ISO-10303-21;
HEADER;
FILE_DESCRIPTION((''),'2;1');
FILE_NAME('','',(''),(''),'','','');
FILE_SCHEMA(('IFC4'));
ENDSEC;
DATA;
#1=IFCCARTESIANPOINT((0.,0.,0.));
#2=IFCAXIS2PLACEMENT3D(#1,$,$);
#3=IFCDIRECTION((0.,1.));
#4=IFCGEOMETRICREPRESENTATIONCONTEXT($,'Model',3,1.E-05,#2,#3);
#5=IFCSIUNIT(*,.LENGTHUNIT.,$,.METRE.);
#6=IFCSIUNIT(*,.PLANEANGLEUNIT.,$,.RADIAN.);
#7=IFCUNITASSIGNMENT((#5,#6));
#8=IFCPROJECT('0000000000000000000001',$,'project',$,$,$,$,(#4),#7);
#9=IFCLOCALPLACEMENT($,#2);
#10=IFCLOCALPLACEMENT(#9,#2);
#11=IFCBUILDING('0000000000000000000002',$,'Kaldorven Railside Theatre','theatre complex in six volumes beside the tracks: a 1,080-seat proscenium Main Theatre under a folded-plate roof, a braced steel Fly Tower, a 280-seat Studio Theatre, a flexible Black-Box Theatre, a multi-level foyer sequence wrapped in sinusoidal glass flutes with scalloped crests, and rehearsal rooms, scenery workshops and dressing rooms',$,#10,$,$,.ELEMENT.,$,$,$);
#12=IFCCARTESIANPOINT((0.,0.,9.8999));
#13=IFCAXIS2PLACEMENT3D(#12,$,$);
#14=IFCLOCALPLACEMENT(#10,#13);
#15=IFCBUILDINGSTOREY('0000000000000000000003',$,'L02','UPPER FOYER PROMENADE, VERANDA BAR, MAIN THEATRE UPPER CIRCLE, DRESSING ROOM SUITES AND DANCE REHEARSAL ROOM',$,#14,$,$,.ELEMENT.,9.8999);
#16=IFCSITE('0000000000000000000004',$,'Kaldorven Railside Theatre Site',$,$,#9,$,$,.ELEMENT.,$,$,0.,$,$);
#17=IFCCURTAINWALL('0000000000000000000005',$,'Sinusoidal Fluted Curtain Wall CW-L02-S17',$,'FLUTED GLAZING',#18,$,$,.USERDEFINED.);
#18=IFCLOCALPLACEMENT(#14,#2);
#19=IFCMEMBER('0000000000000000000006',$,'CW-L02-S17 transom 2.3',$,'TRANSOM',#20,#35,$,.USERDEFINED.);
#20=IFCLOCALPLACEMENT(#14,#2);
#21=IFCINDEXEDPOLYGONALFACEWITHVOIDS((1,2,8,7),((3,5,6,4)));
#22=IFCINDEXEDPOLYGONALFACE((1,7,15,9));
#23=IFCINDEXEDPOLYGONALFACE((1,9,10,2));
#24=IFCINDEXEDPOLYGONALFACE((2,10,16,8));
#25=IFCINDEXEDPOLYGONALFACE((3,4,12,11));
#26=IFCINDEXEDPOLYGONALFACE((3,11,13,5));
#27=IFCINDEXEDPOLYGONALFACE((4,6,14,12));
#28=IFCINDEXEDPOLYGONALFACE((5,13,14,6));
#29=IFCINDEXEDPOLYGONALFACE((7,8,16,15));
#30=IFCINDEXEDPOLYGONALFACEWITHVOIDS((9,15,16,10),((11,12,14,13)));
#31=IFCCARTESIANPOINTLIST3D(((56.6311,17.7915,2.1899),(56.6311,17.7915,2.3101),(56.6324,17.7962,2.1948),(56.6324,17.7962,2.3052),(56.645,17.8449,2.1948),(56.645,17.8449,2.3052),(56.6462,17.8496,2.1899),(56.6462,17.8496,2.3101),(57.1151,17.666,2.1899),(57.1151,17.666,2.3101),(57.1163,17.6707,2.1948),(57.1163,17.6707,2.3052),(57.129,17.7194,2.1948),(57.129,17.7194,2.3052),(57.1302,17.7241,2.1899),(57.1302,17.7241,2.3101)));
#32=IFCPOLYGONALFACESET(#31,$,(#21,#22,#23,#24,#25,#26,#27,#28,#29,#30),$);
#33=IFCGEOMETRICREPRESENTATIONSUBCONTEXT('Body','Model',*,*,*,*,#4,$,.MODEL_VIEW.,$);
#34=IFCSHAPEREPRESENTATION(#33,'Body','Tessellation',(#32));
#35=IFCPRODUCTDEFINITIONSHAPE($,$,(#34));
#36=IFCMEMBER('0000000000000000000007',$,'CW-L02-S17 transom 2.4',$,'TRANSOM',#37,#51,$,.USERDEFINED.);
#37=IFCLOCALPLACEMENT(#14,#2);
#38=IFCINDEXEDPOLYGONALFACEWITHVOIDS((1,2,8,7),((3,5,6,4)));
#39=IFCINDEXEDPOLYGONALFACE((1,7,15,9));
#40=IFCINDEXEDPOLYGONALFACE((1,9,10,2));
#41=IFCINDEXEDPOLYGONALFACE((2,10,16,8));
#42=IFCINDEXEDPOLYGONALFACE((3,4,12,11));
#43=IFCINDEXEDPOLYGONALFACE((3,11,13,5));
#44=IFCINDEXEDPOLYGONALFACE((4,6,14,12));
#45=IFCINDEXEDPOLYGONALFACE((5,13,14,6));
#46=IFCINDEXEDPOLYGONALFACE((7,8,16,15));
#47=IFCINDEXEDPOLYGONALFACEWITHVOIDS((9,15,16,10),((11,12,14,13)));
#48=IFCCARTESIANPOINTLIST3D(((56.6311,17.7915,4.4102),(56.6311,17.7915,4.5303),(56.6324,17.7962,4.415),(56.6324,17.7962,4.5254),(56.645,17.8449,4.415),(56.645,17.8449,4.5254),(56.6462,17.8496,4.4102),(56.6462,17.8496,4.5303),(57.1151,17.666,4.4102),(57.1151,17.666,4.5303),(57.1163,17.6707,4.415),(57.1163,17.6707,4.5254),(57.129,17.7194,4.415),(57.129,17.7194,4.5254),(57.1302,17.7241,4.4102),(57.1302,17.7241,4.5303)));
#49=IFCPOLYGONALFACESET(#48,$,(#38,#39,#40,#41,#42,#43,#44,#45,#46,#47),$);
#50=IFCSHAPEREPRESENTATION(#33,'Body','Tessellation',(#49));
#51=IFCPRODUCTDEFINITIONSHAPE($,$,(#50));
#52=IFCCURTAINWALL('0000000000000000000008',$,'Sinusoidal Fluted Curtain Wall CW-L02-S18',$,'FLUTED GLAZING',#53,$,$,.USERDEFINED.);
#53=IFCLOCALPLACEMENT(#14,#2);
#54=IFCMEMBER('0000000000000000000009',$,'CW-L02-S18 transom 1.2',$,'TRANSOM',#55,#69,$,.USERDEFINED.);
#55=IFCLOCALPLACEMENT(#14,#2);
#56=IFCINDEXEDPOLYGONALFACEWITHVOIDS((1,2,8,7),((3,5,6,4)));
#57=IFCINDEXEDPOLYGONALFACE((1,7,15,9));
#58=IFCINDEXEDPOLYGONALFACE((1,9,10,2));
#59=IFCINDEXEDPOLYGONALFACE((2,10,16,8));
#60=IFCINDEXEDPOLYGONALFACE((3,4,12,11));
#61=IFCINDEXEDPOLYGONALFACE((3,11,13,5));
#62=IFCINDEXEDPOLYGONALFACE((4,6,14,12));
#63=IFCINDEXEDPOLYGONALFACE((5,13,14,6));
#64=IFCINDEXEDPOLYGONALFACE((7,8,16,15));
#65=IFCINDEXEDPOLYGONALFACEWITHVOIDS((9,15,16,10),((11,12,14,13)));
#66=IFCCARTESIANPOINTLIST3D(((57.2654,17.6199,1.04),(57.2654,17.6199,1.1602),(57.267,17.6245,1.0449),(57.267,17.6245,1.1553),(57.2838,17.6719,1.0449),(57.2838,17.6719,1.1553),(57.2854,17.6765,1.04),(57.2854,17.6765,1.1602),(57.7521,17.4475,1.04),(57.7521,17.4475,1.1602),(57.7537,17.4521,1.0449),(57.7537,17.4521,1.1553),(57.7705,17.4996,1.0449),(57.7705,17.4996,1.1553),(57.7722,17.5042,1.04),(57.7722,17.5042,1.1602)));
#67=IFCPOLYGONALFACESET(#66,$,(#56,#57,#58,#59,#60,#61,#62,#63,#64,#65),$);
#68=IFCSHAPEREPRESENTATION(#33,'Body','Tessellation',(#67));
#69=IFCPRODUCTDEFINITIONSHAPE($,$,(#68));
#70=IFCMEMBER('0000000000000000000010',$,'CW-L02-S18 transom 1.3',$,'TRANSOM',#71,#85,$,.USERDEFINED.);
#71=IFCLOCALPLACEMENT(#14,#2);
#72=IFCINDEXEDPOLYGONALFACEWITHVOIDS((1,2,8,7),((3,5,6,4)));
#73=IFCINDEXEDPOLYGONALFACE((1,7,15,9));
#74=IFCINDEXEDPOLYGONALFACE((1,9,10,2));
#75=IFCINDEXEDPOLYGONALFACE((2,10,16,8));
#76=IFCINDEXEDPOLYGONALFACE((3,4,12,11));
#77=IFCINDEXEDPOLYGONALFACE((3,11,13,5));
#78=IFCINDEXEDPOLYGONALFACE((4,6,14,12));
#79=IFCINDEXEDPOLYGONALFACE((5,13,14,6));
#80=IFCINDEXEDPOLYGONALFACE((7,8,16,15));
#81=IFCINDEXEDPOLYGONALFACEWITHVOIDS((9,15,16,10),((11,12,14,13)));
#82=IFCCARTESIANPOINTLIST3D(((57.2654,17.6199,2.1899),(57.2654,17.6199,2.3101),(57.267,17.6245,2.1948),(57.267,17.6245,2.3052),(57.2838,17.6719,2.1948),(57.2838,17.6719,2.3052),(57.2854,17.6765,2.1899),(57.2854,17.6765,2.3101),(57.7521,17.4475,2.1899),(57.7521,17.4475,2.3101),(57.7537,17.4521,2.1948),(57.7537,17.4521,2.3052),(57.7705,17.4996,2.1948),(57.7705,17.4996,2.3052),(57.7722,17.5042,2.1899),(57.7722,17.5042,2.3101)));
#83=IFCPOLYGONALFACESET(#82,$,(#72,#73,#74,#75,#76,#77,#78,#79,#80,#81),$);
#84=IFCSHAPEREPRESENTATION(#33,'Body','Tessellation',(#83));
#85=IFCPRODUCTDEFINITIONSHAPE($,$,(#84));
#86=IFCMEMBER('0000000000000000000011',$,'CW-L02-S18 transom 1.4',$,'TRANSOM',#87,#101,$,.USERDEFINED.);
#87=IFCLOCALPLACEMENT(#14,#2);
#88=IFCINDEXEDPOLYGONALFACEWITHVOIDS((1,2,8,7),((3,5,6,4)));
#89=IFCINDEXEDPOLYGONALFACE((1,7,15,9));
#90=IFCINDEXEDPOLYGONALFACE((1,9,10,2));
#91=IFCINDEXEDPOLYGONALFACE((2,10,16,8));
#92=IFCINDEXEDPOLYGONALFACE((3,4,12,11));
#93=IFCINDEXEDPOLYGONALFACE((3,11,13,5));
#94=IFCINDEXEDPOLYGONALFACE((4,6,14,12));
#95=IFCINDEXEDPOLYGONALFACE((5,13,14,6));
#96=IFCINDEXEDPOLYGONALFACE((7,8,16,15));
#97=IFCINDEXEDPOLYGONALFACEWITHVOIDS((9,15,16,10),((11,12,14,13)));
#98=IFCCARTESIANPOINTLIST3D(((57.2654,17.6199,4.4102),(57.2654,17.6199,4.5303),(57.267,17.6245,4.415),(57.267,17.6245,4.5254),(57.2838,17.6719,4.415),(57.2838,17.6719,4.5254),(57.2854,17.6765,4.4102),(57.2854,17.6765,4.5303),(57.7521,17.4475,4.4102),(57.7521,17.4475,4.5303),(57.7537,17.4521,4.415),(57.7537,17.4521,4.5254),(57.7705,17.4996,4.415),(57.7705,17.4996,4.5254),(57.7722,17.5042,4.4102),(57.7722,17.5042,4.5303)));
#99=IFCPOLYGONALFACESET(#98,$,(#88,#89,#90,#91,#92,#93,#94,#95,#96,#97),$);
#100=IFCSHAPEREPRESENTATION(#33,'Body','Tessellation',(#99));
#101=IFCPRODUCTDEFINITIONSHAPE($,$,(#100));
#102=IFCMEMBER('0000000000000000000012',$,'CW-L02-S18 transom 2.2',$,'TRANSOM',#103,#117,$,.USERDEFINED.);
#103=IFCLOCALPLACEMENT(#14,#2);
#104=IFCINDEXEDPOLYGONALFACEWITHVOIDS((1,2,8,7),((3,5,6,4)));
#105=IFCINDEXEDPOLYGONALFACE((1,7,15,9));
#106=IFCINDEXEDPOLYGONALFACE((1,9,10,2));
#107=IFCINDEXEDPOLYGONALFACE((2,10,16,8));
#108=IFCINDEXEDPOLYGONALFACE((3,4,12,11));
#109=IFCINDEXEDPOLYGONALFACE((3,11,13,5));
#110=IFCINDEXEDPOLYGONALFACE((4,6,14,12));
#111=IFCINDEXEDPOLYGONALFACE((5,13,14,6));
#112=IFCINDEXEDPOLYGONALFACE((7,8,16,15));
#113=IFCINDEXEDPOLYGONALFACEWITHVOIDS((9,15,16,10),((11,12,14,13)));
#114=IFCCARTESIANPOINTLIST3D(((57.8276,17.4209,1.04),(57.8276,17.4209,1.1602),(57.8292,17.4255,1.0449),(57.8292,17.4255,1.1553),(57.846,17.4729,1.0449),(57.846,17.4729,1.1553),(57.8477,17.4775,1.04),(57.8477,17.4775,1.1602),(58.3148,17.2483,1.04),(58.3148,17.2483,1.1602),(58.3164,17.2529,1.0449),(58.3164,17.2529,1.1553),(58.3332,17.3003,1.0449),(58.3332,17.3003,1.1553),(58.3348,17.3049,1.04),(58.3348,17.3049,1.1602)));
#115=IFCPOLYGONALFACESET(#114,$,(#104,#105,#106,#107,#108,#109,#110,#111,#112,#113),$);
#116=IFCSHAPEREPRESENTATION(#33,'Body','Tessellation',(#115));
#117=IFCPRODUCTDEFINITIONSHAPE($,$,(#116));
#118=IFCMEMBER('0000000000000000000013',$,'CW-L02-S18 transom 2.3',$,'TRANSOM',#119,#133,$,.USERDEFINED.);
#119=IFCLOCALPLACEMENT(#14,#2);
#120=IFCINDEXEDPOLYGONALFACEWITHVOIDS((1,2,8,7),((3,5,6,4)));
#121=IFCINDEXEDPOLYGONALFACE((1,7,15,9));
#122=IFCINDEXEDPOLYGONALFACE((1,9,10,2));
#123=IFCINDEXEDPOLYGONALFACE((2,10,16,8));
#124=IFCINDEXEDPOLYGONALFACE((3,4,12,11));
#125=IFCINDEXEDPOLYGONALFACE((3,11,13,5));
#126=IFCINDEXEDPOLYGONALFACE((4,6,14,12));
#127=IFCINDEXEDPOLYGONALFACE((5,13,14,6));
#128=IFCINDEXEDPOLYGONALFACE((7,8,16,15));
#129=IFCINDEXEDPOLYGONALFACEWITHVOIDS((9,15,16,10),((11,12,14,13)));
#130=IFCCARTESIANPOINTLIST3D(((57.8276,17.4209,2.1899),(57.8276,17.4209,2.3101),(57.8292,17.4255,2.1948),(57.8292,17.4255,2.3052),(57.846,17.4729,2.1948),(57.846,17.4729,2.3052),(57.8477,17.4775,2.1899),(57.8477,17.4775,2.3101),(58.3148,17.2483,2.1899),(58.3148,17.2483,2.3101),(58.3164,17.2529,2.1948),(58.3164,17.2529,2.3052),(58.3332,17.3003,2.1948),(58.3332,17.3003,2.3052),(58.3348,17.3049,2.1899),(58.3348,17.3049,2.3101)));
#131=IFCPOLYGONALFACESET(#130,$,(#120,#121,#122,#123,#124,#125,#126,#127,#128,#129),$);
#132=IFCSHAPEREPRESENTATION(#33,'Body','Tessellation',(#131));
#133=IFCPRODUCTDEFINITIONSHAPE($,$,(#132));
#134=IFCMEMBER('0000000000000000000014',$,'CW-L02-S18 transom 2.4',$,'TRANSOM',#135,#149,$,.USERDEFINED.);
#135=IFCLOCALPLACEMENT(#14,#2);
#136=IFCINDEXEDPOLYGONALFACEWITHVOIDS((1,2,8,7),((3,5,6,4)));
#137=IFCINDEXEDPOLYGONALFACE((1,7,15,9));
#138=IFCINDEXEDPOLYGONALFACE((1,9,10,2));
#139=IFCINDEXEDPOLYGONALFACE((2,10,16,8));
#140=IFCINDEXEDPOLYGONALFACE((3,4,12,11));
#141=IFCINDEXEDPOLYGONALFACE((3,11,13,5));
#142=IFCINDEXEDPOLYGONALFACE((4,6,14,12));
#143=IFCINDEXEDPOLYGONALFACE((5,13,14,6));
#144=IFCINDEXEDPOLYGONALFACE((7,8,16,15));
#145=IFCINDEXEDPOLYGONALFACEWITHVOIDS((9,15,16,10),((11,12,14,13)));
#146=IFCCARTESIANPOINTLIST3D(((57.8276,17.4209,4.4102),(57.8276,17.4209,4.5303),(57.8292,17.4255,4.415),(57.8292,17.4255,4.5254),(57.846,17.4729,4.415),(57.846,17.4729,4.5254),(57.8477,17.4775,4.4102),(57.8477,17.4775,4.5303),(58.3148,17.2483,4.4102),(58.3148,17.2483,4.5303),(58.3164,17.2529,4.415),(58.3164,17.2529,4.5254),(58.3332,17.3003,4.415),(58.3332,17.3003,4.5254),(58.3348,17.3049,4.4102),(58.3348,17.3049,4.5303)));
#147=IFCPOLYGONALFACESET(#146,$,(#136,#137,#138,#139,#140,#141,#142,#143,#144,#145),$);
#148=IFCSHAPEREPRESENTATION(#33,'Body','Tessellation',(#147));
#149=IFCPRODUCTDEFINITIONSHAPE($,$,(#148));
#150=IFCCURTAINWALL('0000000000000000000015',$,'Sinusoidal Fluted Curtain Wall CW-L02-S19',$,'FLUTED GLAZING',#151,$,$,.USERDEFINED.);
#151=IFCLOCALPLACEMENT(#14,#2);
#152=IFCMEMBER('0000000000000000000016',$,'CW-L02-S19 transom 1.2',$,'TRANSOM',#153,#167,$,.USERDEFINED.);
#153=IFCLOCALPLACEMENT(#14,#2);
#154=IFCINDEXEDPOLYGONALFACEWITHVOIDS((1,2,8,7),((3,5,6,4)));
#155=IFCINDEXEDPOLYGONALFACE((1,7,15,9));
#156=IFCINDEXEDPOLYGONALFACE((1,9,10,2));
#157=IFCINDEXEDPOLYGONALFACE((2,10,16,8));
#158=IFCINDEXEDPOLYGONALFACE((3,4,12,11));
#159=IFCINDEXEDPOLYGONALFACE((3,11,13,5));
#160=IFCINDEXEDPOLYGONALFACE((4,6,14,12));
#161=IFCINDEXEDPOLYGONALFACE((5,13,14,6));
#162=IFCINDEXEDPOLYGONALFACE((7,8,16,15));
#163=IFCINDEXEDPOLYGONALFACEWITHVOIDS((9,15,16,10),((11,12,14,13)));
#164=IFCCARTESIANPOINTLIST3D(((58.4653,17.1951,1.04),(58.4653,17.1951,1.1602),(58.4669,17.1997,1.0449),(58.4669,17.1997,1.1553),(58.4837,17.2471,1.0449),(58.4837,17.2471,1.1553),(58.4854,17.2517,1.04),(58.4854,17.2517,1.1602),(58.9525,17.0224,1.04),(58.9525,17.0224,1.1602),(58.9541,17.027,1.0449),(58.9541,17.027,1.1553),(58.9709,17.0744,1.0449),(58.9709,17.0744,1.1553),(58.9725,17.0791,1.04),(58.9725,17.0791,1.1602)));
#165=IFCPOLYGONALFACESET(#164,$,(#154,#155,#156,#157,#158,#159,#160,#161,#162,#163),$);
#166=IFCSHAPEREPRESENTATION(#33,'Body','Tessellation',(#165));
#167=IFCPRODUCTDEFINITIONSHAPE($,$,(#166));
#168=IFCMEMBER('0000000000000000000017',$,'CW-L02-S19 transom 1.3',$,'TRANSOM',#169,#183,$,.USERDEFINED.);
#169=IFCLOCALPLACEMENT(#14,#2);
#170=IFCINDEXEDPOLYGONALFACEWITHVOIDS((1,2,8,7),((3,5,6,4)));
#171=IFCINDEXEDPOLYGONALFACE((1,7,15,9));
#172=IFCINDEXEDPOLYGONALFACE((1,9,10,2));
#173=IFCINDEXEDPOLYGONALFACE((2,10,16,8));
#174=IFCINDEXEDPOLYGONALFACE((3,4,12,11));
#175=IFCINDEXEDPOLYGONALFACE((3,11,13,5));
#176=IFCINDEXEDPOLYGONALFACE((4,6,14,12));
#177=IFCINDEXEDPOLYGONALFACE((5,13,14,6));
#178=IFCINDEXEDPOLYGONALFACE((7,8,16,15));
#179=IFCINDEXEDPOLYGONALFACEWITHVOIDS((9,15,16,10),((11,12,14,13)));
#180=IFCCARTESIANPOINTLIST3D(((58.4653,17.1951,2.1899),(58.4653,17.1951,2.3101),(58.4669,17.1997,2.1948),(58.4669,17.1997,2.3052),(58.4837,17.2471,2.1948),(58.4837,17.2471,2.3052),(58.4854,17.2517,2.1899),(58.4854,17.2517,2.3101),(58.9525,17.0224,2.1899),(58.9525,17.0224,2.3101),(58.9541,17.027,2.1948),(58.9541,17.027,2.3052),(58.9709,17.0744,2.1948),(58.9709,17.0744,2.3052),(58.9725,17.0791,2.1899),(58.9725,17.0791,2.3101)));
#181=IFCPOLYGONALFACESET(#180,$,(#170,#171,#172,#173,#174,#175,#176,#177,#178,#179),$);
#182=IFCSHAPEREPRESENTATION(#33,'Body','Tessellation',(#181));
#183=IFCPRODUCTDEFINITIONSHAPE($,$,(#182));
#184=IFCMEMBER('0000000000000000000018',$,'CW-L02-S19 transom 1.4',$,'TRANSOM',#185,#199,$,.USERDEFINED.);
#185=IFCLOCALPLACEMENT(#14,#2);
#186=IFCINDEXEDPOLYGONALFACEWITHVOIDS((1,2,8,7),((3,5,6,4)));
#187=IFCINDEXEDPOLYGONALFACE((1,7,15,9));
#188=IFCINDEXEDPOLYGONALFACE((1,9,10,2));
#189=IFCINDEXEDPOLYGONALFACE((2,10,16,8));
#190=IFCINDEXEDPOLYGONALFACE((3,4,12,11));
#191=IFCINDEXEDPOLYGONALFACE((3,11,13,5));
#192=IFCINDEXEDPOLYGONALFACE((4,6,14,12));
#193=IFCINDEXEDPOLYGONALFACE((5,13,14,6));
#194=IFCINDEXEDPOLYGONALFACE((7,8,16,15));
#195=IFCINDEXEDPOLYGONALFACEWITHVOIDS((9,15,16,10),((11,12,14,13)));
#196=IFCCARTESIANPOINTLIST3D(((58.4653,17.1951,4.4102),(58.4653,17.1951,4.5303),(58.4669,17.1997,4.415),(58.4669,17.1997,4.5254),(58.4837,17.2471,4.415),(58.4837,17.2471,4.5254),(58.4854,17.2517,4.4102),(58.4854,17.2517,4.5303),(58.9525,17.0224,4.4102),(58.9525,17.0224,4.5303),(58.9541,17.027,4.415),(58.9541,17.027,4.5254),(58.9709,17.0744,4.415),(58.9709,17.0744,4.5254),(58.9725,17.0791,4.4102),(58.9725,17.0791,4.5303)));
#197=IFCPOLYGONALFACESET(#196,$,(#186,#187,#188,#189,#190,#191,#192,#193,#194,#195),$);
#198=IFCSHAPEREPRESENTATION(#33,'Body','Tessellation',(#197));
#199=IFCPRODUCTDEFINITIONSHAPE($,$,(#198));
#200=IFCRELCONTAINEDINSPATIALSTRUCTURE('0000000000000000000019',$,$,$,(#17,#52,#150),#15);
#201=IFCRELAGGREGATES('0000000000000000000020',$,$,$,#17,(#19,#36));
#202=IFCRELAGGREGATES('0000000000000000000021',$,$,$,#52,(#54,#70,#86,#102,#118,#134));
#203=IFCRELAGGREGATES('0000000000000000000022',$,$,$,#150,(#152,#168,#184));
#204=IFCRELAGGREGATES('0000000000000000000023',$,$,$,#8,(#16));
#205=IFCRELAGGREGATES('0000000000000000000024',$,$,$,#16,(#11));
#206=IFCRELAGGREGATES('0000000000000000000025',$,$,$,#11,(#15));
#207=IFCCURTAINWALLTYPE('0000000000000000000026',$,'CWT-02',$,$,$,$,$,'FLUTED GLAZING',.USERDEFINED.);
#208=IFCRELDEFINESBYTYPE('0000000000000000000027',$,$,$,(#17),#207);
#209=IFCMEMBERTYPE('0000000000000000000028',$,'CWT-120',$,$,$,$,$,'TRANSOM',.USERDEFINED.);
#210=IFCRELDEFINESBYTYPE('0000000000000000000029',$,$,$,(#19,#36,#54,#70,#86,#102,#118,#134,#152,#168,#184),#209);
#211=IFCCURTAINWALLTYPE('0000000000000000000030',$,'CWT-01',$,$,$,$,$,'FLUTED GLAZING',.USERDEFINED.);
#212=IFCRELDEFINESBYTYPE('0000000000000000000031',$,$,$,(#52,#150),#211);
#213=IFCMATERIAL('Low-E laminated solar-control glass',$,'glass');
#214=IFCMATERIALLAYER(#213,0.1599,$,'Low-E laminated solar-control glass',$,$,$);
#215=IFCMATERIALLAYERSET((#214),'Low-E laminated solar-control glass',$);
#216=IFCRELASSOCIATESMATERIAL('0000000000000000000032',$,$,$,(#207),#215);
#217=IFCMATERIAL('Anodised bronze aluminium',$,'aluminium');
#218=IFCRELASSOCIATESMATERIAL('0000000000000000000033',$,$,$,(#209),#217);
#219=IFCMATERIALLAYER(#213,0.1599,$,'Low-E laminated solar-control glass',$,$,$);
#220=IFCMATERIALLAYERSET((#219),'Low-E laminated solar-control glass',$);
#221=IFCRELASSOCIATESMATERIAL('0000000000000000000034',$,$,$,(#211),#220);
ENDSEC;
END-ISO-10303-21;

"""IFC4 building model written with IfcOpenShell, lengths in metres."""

from ifc_helpers import new_model, si_unit, direction, frame, origin, origin_2d, place, context, subcontext, project, spatial, hollow_rectangle, extrude, material, layer, layer_set, material_profile, profile_set, type_object, element, aggregate, save


model = new_model("IFC4")

# Units and contexts
model_context = context("Model", 3, precision=1e-05, world=origin(), true_north=direction((0.0, 1.0)))
body_context = subcontext(model_context, "Body", "Model", "MODEL_VIEW")
ifc_project = project(units=[si_unit("LENGTHUNIT", "METRE"), si_unit("PLANEANGLEUNIT", "RADIAN")], contexts=[model_context])

# Site, building, storey
site_placement = place(None, origin())
site = spatial("IfcSite", under=ifc_project, at=site_placement, Name="Kaldorven Railside Theatre Site", CompositionType="ELEMENT", RefElevation=0.0)
building_placement = place(site_placement, origin())
building = spatial("IfcBuilding", under=site, at=building_placement, Name="Kaldorven Railside Theatre", Description="theatre complex in six volumes beside the tracks: a 1,080-seat proscenium Main Theatre under a folded-plate roof, a braced steel Fly Tower, a 280-seat Studio Theatre, a flexible Black-Box Theatre, a multi-level foyer sequence wrapped in sinusoidal glass flutes with scalloped crests, and rehearsal rooms, scenery workshops and dressing rooms", CompositionType="ELEMENT")
storey_placement = place(building_placement, frame((0.0, 0.0, 9.8999)))
storey = spatial("IfcBuildingStorey", under=building, at=storey_placement, Name="L02", Description="UPPER FOYER PROMENADE, VERANDA BAR, MAIN THEATRE UPPER CIRCLE, DRESSING ROOM SUITES AND DANCE REHEARSAL ROOM", CompositionType="ELEMENT", Elevation=9.8999)

# Curtain walls, members
ifc_material_1 = material(Name="Low-E laminated solar-control glass", Category="glass")
ifc_layer_1 = layer(ifc_material_1, 0.1599, Name="Low-E laminated solar-control glass")
ifc_layer_set_1 = layer_set([ifc_layer_1], Name="Low-E laminated solar-control glass")
curtain_wall_type_1 = type_object("IfcCurtainWallType", Name="CWT-02", ElementType="FLUTED GLAZING", PredefinedType="USERDEFINED", material=ifc_layer_set_1)
curtain_wall_1_placement = place(storey_placement, origin())
curtain_wall_1 = element("IfcCurtainWall", 1, at=curtain_wall_1_placement, inside=storey, type_object=curtain_wall_type_1, Name="Sinusoidal Fluted Curtain Wall CW-L02-S17", ObjectType="FLUTED GLAZING", PredefinedType="USERDEFINED")
ifc_material_2 = material(Name="Anodised bronze aluminium", Category="aluminium")
ifc_material_profile = material_profile(ifc_material_2, hollow_rectangle(XDim=0.0601, YDim=0.1201, WallThickness=0.0049, at=origin_2d()), Name="RHS 120x60x5")
ifc_profile_set = profile_set([ifc_material_profile], Name="Anodised bronze aluminium")
member_type = type_object("IfcMemberType", Name="CWT-120", ElementType="TRANSOM", PredefinedType="USERDEFINED", material=ifc_profile_set)
member_1_placement = place(storey_placement, frame((56.6387, 17.8206, 2.25), z_axis=(0.967979, -0.25103, 0.0), x_axis=(0.25103, 0.967979, 0.0)))
member_1 = element("IfcMember", 2, at=member_1_placement, type_object=member_type, Name="CW-L02-S17 transom 2.3", ObjectType="TRANSOM", PredefinedType="USERDEFINED", context=body_context, shape_type="SweptSolid", body=[
    extrude(hollow_rectangle(XDim=0.0601, YDim=0.1201, WallThickness=0.0049, at=origin_2d()), origin(), (0.0, 0.0, 1.0), 0.5),
])
member_2_placement = place(storey_placement, frame((56.6387, 17.8206, 4.4702), z_axis=(0.967979, -0.25103, 0.0), x_axis=(0.25103, 0.967979, 0.0)))
member_2 = element("IfcMember", 3, at=member_2_placement, type_object=member_type, Name="CW-L02-S17 transom 2.4", ObjectType="TRANSOM", PredefinedType="USERDEFINED", context=body_context, shape_type="SweptSolid", body=[
    extrude(hollow_rectangle(XDim=0.0601, YDim=0.1201, WallThickness=0.0049, at=origin_2d()), origin(), (0.0, 0.0, 1.0), 0.5),
])
ifc_layer_2 = layer(ifc_material_1, 0.1599, Name="Low-E laminated solar-control glass")
ifc_layer_set_2 = layer_set([ifc_layer_2], Name="Low-E laminated solar-control glass")
curtain_wall_type_2 = type_object("IfcCurtainWallType", Name="CWT-01", ElementType="FLUTED GLAZING", PredefinedType="USERDEFINED", material=ifc_layer_set_2)
curtain_wall_2_placement = place(storey_placement, origin())
curtain_wall_2 = element("IfcCurtainWall", 4, at=curtain_wall_2_placement, inside=storey, type_object=curtain_wall_type_2, Name="Sinusoidal Fluted Curtain Wall CW-L02-S18", ObjectType="FLUTED GLAZING", PredefinedType="USERDEFINED")
member_3_placement = place(storey_placement, frame((57.2754, 17.6482, 1.1001), z_axis=(0.942658, -0.33376, 0.0), x_axis=(0.33376, 0.942658, 0.0)))
member_3 = element("IfcMember", 5, at=member_3_placement, type_object=member_type, Name="CW-L02-S18 transom 1.2", ObjectType="TRANSOM", PredefinedType="USERDEFINED", context=body_context, shape_type="SweptSolid", body=[
    extrude(hollow_rectangle(XDim=0.0601, YDim=0.1201, WallThickness=0.0049, at=origin_2d()), origin(), (0.0, 0.0, 1.0), 0.5164),
])
member_4_placement = place(storey_placement, frame((57.2754, 17.6482, 2.25), z_axis=(0.942658, -0.33376, 0.0), x_axis=(0.33376, 0.942658, 0.0)))
member_4 = element("IfcMember", 6, at=member_4_placement, type_object=member_type, Name="CW-L02-S18 transom 1.3", ObjectType="TRANSOM", PredefinedType="USERDEFINED", context=body_context, shape_type="SweptSolid", body=[
    extrude(hollow_rectangle(XDim=0.0601, YDim=0.1201, WallThickness=0.0049, at=origin_2d()), origin(), (0.0, 0.0, 1.0), 0.5164),
])
member_5_placement = place(storey_placement, frame((57.2754, 17.6482, 4.4702), z_axis=(0.942658, -0.33376, 0.0), x_axis=(0.33376, 0.942658, 0.0)))
member_5 = element("IfcMember", 7, at=member_5_placement, type_object=member_type, Name="CW-L02-S18 transom 1.4", ObjectType="TRANSOM", PredefinedType="USERDEFINED", context=body_context, shape_type="SweptSolid", body=[
    extrude(hollow_rectangle(XDim=0.0601, YDim=0.1201, WallThickness=0.0049, at=origin_2d()), origin(), (0.0, 0.0, 1.0), 0.5164),
])
member_6_placement = place(storey_placement, frame((57.8376, 17.4492, 1.1001), z_axis=(0.942562, -0.334031, 0.0), x_axis=(0.334031, 0.942562, 0.0)))
member_6 = element("IfcMember", 8, at=member_6_placement, type_object=member_type, Name="CW-L02-S18 transom 2.2", ObjectType="TRANSOM", PredefinedType="USERDEFINED", context=body_context, shape_type="SweptSolid", body=[
    extrude(hollow_rectangle(XDim=0.0601, YDim=0.1201, WallThickness=0.0049, at=origin_2d()), origin(), (0.0, 0.0, 1.0), 0.5168),
])
member_7_placement = place(storey_placement, frame((57.8376, 17.4492, 2.25), z_axis=(0.942562, -0.334031, 0.0), x_axis=(0.334031, 0.942562, 0.0)))
member_7 = element("IfcMember", 9, at=member_7_placement, type_object=member_type, Name="CW-L02-S18 transom 2.3", ObjectType="TRANSOM", PredefinedType="USERDEFINED", context=body_context, shape_type="SweptSolid", body=[
    extrude(hollow_rectangle(XDim=0.0601, YDim=0.1201, WallThickness=0.0049, at=origin_2d()), origin(), (0.0, 0.0, 1.0), 0.5168),
])
member_8_placement = place(storey_placement, frame((57.8376, 17.4492, 4.4702), z_axis=(0.942562, -0.334031, 0.0), x_axis=(0.334031, 0.942562, 0.0)))
member_8 = element("IfcMember", 10, at=member_8_placement, type_object=member_type, Name="CW-L02-S18 transom 2.4", ObjectType="TRANSOM", PredefinedType="USERDEFINED", context=body_context, shape_type="SweptSolid", body=[
    extrude(hollow_rectangle(XDim=0.0601, YDim=0.1201, WallThickness=0.0049, at=origin_2d()), origin(), (0.0, 0.0, 1.0), 0.5168),
])
curtain_wall_3_placement = place(storey_placement, origin())
curtain_wall_3 = element("IfcCurtainWall", 11, at=curtain_wall_3_placement, inside=storey, type_object=curtain_wall_type_2, Name="Sinusoidal Fluted Curtain Wall CW-L02-S19", ObjectType="FLUTED GLAZING", PredefinedType="USERDEFINED")
member_9_placement = place(storey_placement, frame((58.4753, 17.2234, 1.1001), z_axis=(0.942562, -0.334031, 0.0), x_axis=(0.334031, 0.942562, 0.0)))
member_9 = element("IfcMember", 12, at=member_9_placement, type_object=member_type, Name="CW-L02-S19 transom 1.2", ObjectType="TRANSOM", PredefinedType="USERDEFINED", context=body_context, shape_type="SweptSolid", body=[
    extrude(hollow_rectangle(XDim=0.0601, YDim=0.1201, WallThickness=0.0049, at=origin_2d()), origin(), (0.0, 0.0, 1.0), 0.5168),
])
member_10_placement = place(storey_placement, frame((58.4753, 17.2234, 2.25), z_axis=(0.942562, -0.334031, 0.0), x_axis=(0.334031, 0.942562, 0.0)))
member_10 = element("IfcMember", 13, at=member_10_placement, type_object=member_type, Name="CW-L02-S19 transom 1.3", ObjectType="TRANSOM", PredefinedType="USERDEFINED", context=body_context, shape_type="SweptSolid", body=[
    extrude(hollow_rectangle(XDim=0.0601, YDim=0.1201, WallThickness=0.0049, at=origin_2d()), origin(), (0.0, 0.0, 1.0), 0.5168),
])
member_11_placement = place(storey_placement, frame((58.4753, 17.2234, 4.4702), z_axis=(0.942562, -0.334031, 0.0), x_axis=(0.334031, 0.942562, 0.0)))
member_11 = element("IfcMember", 14, at=member_11_placement, type_object=member_type, Name="CW-L02-S19 transom 1.4", ObjectType="TRANSOM", PredefinedType="USERDEFINED", context=body_context, shape_type="SweptSolid", body=[
    extrude(hollow_rectangle(XDim=0.0601, YDim=0.1201, WallThickness=0.0049, at=origin_2d()), origin(), (0.0, 0.0, 1.0), 0.5168),
])

aggregate(curtain_wall_1, [member_1, member_2])
aggregate(curtain_wall_2, [member_3, member_4, member_5, member_6, member_7, member_8])
aggregate(curtain_wall_3, [member_9, member_10, member_11])

save(model, "model.ifc")
